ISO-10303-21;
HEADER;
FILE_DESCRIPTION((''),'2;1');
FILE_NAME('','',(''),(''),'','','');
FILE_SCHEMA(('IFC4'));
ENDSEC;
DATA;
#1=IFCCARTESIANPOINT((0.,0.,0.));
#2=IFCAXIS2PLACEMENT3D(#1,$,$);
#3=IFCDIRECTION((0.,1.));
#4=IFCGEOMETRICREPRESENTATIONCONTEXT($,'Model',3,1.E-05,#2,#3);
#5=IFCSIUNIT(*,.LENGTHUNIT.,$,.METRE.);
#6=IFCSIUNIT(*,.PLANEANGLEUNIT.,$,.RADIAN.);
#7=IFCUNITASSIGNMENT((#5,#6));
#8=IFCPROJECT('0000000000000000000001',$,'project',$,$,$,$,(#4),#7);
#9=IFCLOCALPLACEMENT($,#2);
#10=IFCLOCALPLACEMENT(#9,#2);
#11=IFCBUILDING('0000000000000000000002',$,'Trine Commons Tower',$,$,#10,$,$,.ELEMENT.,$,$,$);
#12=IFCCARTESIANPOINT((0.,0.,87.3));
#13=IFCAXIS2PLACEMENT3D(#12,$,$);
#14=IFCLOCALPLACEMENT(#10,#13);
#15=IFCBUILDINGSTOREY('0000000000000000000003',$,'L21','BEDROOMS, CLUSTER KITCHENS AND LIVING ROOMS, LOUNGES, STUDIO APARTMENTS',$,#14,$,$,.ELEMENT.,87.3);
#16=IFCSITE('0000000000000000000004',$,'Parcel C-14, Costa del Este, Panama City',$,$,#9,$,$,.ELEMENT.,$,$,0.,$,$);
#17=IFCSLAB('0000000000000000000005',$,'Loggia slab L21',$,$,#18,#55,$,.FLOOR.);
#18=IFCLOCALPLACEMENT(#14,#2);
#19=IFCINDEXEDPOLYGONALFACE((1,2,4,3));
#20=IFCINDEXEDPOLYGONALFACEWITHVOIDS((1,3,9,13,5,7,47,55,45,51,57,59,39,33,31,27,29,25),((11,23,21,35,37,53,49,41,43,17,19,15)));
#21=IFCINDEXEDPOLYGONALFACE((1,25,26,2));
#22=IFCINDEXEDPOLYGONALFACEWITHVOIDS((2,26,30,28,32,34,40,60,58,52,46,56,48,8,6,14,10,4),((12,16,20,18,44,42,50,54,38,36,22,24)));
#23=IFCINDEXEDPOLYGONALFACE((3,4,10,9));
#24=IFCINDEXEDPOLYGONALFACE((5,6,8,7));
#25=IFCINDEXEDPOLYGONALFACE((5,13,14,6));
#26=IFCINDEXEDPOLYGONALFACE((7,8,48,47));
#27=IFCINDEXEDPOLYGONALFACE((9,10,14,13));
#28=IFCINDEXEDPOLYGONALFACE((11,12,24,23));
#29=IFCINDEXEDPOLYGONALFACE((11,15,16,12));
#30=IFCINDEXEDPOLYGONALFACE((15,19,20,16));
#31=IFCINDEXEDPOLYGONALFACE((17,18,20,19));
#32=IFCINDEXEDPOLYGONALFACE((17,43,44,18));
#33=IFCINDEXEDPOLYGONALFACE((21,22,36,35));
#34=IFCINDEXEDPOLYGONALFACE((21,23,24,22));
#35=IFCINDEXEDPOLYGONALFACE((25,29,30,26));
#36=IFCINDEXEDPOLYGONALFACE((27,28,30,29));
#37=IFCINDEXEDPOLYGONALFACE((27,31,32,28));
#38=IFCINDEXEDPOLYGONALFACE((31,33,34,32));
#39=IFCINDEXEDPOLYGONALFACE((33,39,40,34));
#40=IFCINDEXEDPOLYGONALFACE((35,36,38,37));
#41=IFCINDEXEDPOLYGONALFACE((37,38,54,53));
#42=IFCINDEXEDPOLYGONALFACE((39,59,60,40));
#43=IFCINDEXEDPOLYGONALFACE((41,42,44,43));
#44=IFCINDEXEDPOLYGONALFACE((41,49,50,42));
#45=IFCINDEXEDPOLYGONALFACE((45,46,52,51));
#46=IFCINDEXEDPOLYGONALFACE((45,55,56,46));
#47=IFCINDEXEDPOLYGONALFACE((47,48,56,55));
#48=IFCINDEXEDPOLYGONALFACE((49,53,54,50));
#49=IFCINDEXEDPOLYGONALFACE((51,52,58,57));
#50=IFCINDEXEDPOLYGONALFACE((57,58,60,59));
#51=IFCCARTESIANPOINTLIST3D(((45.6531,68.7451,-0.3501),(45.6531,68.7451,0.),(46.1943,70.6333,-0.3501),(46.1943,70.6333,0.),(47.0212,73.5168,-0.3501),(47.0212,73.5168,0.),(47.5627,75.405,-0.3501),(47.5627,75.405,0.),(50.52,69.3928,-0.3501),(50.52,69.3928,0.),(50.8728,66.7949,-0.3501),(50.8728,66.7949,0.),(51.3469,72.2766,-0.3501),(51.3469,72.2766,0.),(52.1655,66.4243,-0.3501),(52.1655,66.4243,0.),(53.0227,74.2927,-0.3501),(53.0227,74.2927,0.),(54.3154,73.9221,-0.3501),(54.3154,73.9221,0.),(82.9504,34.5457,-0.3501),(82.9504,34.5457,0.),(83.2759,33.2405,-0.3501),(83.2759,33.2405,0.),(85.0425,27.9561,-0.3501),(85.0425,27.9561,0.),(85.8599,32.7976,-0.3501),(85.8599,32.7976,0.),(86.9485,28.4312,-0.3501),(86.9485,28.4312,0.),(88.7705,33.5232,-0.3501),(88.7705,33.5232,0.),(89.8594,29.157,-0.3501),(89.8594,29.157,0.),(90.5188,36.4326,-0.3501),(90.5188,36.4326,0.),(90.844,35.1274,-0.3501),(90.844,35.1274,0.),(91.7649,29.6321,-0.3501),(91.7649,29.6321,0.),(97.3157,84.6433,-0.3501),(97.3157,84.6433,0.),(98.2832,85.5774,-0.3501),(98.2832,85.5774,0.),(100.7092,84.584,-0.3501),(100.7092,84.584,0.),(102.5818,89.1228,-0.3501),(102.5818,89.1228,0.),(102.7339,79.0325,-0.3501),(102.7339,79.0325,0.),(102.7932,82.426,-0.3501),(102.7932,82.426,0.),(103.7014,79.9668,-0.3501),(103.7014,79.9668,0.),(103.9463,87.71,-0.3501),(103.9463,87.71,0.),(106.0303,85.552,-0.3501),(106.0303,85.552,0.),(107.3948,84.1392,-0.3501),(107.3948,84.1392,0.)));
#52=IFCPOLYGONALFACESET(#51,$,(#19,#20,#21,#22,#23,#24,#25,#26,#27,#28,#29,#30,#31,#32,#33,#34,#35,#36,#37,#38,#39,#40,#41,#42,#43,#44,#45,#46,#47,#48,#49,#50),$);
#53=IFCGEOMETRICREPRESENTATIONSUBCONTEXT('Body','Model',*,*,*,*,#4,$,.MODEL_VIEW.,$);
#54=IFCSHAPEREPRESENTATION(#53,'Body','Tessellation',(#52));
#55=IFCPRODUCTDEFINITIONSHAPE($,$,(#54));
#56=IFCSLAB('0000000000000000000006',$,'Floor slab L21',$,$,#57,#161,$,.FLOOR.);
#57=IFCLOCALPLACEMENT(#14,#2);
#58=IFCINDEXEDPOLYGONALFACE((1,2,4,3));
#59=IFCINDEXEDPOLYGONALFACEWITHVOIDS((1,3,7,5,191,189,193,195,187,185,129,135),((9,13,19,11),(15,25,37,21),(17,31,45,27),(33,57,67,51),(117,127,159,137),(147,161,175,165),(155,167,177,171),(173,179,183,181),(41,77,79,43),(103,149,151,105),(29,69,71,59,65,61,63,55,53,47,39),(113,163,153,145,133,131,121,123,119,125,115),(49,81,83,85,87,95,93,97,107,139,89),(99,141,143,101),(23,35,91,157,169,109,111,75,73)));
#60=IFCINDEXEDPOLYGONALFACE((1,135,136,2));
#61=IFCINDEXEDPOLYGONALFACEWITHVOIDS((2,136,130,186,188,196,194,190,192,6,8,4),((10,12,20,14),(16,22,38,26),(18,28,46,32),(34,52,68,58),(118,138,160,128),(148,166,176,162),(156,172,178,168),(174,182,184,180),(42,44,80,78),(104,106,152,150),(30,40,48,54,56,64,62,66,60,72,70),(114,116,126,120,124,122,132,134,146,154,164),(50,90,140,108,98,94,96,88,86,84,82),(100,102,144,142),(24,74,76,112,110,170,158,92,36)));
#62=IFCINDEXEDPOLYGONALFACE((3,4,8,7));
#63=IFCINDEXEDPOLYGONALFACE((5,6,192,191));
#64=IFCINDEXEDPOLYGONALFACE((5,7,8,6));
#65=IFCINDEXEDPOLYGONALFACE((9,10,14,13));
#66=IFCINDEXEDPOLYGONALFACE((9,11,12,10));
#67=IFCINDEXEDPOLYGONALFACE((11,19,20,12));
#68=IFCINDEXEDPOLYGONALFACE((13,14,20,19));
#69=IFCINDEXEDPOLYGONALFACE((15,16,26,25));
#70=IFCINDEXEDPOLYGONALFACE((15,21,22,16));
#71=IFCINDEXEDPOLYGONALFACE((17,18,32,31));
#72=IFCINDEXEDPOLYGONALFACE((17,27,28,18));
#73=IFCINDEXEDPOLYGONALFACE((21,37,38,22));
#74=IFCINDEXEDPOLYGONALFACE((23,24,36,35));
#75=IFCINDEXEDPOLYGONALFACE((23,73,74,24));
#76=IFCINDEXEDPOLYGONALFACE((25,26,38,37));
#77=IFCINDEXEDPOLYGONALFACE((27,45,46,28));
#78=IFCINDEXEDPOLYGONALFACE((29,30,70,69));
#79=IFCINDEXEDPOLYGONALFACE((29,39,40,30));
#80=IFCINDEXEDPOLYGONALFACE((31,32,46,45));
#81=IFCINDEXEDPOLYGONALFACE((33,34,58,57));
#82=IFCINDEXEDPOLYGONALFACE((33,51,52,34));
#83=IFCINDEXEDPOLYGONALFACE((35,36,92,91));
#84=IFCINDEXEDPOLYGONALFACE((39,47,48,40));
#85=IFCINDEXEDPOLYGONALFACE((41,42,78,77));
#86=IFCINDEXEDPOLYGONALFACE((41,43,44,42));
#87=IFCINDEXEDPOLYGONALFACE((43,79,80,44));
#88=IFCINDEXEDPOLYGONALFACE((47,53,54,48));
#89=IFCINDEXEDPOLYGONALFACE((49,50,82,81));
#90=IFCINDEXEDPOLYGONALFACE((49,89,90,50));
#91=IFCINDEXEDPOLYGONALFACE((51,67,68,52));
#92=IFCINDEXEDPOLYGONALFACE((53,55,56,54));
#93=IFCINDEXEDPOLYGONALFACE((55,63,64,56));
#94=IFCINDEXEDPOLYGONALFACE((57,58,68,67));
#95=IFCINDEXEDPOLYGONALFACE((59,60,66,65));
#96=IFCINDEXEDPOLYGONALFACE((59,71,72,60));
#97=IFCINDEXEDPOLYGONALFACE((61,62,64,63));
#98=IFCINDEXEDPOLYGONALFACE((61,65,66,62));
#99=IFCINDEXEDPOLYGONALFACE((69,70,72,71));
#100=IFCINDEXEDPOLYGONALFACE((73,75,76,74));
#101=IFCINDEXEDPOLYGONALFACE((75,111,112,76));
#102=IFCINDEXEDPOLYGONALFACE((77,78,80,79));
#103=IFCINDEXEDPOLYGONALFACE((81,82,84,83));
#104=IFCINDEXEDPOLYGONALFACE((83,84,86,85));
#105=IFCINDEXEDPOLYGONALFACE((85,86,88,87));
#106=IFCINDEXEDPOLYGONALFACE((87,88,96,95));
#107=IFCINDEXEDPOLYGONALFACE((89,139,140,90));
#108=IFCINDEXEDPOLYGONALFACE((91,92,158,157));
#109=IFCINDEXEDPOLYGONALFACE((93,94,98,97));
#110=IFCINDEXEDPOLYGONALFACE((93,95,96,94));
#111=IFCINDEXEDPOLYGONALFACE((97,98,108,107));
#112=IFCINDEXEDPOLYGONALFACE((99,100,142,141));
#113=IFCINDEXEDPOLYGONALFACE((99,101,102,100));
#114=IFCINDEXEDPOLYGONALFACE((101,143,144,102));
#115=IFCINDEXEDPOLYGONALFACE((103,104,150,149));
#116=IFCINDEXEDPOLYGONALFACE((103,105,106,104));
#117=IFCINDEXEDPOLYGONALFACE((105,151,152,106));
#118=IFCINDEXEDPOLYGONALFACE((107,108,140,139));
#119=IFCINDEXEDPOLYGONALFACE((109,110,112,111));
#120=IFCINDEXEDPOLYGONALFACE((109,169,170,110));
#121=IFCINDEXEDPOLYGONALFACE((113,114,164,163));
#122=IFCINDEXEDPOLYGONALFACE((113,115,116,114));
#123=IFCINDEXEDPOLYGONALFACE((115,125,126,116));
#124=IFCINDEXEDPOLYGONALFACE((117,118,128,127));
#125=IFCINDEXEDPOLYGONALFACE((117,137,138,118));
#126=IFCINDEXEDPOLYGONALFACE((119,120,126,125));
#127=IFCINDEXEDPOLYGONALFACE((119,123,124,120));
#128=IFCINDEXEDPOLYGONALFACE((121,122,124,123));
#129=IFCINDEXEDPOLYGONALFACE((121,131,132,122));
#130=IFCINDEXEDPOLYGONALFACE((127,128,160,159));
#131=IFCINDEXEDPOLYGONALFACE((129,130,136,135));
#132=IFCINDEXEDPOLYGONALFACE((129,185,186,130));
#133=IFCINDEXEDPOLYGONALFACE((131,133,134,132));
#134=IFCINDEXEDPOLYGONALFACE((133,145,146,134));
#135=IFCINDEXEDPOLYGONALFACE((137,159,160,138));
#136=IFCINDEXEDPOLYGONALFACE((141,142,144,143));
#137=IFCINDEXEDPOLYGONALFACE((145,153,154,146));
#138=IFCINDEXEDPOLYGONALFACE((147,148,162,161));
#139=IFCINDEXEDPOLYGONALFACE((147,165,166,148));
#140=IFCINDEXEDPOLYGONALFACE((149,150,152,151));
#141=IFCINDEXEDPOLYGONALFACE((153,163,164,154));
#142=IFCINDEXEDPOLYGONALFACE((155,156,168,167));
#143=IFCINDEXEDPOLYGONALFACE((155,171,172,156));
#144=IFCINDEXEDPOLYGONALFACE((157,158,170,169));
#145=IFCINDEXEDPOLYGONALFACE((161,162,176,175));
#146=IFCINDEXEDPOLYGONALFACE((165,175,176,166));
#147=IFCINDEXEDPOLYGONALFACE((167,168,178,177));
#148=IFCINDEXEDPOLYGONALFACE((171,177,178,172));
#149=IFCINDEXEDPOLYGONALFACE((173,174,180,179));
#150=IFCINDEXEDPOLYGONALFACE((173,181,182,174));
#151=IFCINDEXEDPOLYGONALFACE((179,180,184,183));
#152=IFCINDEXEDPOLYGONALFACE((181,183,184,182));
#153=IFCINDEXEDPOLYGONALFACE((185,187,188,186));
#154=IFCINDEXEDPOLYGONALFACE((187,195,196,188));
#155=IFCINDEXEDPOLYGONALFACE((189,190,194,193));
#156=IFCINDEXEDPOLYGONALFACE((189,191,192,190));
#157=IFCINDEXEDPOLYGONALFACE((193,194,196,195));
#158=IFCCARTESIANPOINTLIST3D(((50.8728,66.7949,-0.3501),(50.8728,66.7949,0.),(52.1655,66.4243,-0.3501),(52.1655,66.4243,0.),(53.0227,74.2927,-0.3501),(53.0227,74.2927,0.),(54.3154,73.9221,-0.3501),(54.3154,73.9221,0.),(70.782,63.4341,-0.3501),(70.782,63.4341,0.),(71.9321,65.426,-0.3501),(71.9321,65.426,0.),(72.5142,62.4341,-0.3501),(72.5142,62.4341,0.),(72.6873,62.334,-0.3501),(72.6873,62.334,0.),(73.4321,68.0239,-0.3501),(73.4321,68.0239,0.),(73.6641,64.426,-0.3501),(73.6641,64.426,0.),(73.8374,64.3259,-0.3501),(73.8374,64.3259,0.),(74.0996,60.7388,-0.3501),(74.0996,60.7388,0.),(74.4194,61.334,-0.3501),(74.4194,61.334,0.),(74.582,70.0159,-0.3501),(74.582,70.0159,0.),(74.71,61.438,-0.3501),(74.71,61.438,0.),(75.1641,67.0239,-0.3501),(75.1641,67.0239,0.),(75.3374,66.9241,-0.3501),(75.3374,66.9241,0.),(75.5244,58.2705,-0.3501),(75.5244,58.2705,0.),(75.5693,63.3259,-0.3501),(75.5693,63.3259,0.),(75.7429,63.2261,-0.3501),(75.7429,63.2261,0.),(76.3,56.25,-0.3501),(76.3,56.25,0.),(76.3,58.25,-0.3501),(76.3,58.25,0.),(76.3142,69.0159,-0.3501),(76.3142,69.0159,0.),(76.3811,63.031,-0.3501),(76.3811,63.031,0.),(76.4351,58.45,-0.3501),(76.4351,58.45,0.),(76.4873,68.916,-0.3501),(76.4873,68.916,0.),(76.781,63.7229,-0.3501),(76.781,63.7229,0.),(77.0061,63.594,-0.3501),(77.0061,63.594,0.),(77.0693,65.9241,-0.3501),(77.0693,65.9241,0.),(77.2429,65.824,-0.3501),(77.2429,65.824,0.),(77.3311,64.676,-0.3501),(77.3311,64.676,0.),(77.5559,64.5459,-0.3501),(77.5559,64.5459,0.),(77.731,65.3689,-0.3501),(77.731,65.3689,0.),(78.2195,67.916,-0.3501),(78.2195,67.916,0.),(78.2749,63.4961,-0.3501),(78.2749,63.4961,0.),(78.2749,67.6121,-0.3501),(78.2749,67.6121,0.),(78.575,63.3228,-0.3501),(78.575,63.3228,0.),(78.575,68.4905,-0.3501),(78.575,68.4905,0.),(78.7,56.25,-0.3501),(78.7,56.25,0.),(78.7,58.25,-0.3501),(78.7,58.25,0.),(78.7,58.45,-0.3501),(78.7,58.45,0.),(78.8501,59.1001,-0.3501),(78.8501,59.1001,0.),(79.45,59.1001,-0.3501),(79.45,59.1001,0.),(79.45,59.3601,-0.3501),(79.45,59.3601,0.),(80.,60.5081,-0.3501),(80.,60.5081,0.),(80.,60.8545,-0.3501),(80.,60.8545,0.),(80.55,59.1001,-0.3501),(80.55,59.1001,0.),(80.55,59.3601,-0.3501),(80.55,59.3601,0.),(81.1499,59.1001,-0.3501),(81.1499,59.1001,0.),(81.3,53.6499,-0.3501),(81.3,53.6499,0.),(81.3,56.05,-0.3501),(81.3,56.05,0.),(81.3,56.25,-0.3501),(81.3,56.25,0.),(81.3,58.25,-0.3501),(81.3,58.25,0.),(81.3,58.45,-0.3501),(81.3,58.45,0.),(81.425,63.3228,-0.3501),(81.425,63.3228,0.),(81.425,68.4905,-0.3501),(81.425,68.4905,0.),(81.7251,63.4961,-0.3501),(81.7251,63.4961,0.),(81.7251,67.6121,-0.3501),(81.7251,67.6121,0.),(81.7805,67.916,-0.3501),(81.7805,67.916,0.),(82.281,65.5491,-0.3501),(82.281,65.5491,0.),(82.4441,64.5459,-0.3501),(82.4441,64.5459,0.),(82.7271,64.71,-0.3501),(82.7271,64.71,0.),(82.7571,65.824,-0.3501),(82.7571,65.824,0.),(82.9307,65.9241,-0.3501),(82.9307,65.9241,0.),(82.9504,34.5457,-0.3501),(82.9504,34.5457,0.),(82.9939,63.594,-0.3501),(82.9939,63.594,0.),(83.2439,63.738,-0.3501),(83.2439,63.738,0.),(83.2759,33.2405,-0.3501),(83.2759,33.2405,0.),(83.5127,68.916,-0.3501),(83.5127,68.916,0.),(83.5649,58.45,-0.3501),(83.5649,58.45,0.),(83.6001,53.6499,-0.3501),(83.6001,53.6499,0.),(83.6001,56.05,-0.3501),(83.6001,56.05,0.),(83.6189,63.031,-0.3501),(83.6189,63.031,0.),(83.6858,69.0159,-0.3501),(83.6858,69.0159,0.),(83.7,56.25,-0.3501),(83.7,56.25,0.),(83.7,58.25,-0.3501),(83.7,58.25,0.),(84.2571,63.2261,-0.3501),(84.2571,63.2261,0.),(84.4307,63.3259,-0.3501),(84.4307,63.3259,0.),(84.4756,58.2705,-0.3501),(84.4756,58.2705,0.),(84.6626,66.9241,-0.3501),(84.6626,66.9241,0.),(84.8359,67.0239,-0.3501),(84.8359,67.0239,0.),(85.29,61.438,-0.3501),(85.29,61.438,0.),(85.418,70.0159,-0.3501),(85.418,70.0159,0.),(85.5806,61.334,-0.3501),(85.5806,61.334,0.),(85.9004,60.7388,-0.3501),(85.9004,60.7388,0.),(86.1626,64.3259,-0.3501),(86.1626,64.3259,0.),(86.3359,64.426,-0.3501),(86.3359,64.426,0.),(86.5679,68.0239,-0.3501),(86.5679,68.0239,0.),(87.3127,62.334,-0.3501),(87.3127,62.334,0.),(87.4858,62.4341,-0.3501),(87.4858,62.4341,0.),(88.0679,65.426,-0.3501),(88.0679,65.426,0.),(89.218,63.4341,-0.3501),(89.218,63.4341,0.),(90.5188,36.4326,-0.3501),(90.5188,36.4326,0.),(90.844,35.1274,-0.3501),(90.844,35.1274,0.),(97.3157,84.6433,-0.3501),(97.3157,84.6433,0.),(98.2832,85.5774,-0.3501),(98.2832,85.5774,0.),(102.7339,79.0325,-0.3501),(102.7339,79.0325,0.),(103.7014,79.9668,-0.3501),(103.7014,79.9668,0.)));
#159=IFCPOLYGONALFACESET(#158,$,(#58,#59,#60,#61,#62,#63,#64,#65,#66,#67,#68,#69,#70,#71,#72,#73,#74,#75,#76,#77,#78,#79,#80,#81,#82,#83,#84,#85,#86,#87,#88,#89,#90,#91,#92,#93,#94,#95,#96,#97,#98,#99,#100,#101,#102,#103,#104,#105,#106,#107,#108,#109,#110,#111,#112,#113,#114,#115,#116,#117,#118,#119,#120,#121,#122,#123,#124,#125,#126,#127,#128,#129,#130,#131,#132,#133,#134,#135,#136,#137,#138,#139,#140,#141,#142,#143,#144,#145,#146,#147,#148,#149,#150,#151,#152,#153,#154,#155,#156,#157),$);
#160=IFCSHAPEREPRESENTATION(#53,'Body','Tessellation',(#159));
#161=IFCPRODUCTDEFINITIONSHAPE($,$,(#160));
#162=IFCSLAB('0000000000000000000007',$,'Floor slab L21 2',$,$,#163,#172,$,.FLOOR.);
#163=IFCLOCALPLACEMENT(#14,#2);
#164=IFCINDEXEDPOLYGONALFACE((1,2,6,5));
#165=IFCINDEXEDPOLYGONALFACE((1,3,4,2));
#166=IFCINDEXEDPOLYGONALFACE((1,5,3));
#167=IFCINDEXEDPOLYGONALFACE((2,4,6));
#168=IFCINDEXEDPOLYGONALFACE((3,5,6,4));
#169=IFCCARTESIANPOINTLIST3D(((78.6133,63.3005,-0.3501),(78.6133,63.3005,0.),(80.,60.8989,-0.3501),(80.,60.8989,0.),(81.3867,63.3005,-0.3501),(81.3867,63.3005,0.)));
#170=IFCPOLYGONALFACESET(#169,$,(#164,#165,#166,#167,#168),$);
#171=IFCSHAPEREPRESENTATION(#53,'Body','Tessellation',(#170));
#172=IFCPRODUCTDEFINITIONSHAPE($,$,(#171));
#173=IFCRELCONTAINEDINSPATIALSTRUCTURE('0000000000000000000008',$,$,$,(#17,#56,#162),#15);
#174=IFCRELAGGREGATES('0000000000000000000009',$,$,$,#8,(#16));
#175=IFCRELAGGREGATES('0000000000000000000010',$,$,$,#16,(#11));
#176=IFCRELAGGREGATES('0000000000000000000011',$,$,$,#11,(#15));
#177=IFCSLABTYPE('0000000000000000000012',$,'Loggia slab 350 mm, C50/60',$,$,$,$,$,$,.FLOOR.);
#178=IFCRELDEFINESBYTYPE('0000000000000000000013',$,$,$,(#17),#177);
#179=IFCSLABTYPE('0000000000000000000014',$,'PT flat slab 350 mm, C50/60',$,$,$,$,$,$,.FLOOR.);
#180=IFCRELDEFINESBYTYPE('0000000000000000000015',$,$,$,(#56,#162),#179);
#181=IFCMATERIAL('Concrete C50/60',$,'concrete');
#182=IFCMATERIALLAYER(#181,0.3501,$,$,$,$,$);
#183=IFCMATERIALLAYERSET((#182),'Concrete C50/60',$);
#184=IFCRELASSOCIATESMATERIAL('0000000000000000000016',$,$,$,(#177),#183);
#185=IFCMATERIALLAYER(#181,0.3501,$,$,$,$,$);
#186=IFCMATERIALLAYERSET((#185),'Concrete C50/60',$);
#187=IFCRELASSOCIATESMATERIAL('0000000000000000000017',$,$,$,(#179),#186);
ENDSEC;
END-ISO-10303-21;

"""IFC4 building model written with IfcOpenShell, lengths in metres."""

from ifc_helpers import new_model, si_unit, direction, frame, origin, place, context, subcontext, project, spatial, polyline, outline, extrude, material, layer, layer_set, type_object, element, save


model = new_model("IFC4")

# Units and contexts
model_context = context("Model", 3, precision=1e-05, world=origin(), true_north=direction((0.0, 1.0)))
body_context = subcontext(model_context, "Body", "Model", "MODEL_VIEW")
ifc_project = project(units=[si_unit("LENGTHUNIT", "METRE"), si_unit("PLANEANGLEUNIT", "RADIAN")], contexts=[model_context])

# Site, building, storey
site_placement = place(None, origin())
site = spatial("IfcSite", under=ifc_project, at=site_placement, Name="Parcel C-14, Costa del Este, Panama City", CompositionType="ELEMENT", RefElevation=0.0)
building_placement = place(site_placement, origin())
building = spatial("IfcBuilding", under=site, at=building_placement, Name="Trine Commons Tower", CompositionType="ELEMENT")
storey_placement = place(building_placement, frame((0.0, 0.0, 87.3)))
storey = spatial("IfcBuildingStorey", under=building, at=storey_placement, Name="L21", Description="BEDROOMS, CLUSTER KITCHENS AND LIVING ROOMS, LOUNGES, STUDIO APARTMENTS", CompositionType="ELEMENT", Elevation=87.3)

# Slabs
ifc_material_1 = material(Name="Concrete C50/60", Category="concrete")
ifc_layer_1 = layer(ifc_material_1, 0.3501)
ifc_layer_set_1 = layer_set([ifc_layer_1], Name="Concrete C50/60")
slab_type_1 = type_object("IfcSlabType", Name="Loggia slab 350 mm, C50/60", PredefinedType="FLOOR", material=ifc_layer_set_1)
slab_1_placement = place(storey_placement, frame((0.0, 0.0, -0.3501)))
element("IfcSlab", 1, at=slab_1_placement, inside=storey, type_object=slab_type_1, Name="Loggia slab L21", PredefinedType="FLOOR", context=body_context, shape_type="SweptSolid", body=[
    extrude(outline(polyline([(91.7649, 29.6321), (107.3948, 84.1392), (106.0303, 85.552), (102.7932, 82.426), (100.7092, 84.584), (103.9463, 87.71), (102.5818, 89.1228), (47.5627, 75.405), (47.0212, 73.5168), (51.3469, 72.2766), (50.52, 69.3928), (46.1943, 70.6333), (45.6531, 68.7451), (85.0425, 27.9561), (86.9485, 28.4312), (85.8599, 32.7976), (88.7705, 33.5232), (89.8594, 29.157), (91.7649, 29.6321)]), holes=[polyline([(83.2759, 33.2405), (82.9504, 34.5457), (90.5188, 36.4326), (90.844, 35.1274), (103.7014, 79.9668), (102.7339, 79.0325), (97.3157, 84.6433), (98.2832, 85.5774), (53.0227, 74.2927), (54.3154, 73.9221), (52.1655, 66.4243), (50.8728, 66.7949), (83.2759, 33.2405)])]), origin(), (0.0, 0.0, 1.0), 0.3501),
])
ifc_layer_2 = layer(ifc_material_1, 0.3501)
ifc_layer_set_2 = layer_set([ifc_layer_2], Name="Concrete C50/60")
slab_type_2 = type_object("IfcSlabType", Name="PT flat slab 350 mm, C50/60", PredefinedType="FLOOR", material=ifc_layer_set_2)
slab_2_placement = place(storey_placement, frame((0.0, 0.0, -0.3501)))
element("IfcSlab", 2, at=slab_2_placement, inside=storey, type_object=slab_type_2, Name="Floor slab L21", PredefinedType="FLOOR", context=body_context, shape_type="SweptSolid", body=[
    extrude(outline(polyline([(50.8728, 66.7949), (83.2759, 33.2405), (82.9504, 34.5457), (90.5188, 36.4326), (90.844, 35.1274), (103.7014, 79.9668), (102.7339, 79.0325), (97.3157, 84.6433), (98.2832, 85.5774), (53.0227, 74.2927), (54.3154, 73.9221), (52.1655, 66.4243), (50.8728, 66.7949)]), holes=[polyline([(76.3, 56.25), (78.7, 56.25), (78.7, 58.25), (76.3, 58.25), (76.3, 56.25)]), polyline([(81.1499, 59.1001), (81.3, 58.45), (83.5649, 58.45), (80.0, 60.5081), (76.4351, 58.45), (78.7, 58.45), (78.8501, 59.1001), (79.45, 59.1001), (79.45, 59.3601), (80.55, 59.3601), (80.55, 59.1001), (81.1499, 59.1001)]), polyline([(80.0, 60.8545), (84.4756, 58.2705), (85.9004, 60.7388), (81.425, 63.3228), (81.425, 68.4905), (78.575, 68.4905), (78.575, 63.3228), (74.0996, 60.7388), (75.5244, 58.2705), (80.0, 60.8545)]), polyline([(73.8374, 64.3259), (72.6873, 62.334), (74.4194, 61.334), (75.5693, 63.3259), (73.8374, 64.3259)]), polyline([(71.9321, 65.426), (70.782, 63.4341), (72.5142, 62.4341), (73.6641, 64.426), (71.9321, 65.426)]), polyline([(76.781, 63.7229), (76.3811, 63.031), (75.7429, 63.2261), (74.71, 61.438), (78.2749, 63.4961), (78.2749, 67.6121), (77.2429, 65.824), (77.731, 65.3689), (77.3311, 64.676), (77.5559, 64.5459), (77.0061, 63.594), (76.781, 63.7229)]), polyline([(76.4873, 68.916), (75.3374, 66.9241), (77.0693, 65.9241), (78.2195, 67.916), (76.4873, 68.916)]), polyline([(74.582, 70.0159), (73.4321, 68.0239), (75.1641, 67.0239), (76.3142, 69.0159), (74.582, 70.0159)]), polyline([(81.3, 53.6499), (83.6001, 53.6499), (83.6001, 56.05), (81.3, 56.05), (81.3, 53.6499)]), polyline([(81.3, 56.25), (83.7, 56.25), (83.7, 58.25), (81.3, 58.25), (81.3, 56.25)]), polyline([(87.3127, 62.334), (86.1626, 64.3259), (84.4307, 63.3259), (85.5806, 61.334), (87.3127, 62.334)]), polyline([(89.218, 63.4341), (88.0679, 65.426), (86.3359, 64.426), (87.4858, 62.4341), (89.218, 63.4341)]), polyline([(83.2439, 63.738), (82.9939, 63.594), (82.4441, 64.5459), (82.7271, 64.71), (82.281, 65.5491), (82.7571, 65.824), (81.7251, 67.6121), (81.7251, 63.4961), (85.29, 61.438), (84.2571, 63.2261), (83.6189, 63.031), (83.2439, 63.738)]), polyline([(82.9307, 65.9241), (84.6626, 66.9241), (83.5127, 68.916), (81.7805, 67.916), (82.9307, 65.9241)]), polyline([(84.8359, 67.0239), (86.5679, 68.0239), (85.418, 70.0159), (83.6858, 69.0159), (84.8359, 67.0239)])]), origin(), (0.0, 0.0, 1.0), 0.3501),
])
slab_3_placement = place(storey_placement, frame((0.0, 0.0, -0.3501)))
element("IfcSlab", 3, at=slab_3_placement, inside=storey, type_object=slab_type_2, Name="Floor slab L21 2", PredefinedType="FLOOR", context=body_context, shape_type="SweptSolid", body=[
    extrude(outline(polyline([(78.6133, 63.3005), (80.0, 60.8989), (81.3867, 63.3005), (78.6133, 63.3005)])), origin(), (0.0, 0.0, 1.0), 0.3501),
])

save(model, "model.ifc")
